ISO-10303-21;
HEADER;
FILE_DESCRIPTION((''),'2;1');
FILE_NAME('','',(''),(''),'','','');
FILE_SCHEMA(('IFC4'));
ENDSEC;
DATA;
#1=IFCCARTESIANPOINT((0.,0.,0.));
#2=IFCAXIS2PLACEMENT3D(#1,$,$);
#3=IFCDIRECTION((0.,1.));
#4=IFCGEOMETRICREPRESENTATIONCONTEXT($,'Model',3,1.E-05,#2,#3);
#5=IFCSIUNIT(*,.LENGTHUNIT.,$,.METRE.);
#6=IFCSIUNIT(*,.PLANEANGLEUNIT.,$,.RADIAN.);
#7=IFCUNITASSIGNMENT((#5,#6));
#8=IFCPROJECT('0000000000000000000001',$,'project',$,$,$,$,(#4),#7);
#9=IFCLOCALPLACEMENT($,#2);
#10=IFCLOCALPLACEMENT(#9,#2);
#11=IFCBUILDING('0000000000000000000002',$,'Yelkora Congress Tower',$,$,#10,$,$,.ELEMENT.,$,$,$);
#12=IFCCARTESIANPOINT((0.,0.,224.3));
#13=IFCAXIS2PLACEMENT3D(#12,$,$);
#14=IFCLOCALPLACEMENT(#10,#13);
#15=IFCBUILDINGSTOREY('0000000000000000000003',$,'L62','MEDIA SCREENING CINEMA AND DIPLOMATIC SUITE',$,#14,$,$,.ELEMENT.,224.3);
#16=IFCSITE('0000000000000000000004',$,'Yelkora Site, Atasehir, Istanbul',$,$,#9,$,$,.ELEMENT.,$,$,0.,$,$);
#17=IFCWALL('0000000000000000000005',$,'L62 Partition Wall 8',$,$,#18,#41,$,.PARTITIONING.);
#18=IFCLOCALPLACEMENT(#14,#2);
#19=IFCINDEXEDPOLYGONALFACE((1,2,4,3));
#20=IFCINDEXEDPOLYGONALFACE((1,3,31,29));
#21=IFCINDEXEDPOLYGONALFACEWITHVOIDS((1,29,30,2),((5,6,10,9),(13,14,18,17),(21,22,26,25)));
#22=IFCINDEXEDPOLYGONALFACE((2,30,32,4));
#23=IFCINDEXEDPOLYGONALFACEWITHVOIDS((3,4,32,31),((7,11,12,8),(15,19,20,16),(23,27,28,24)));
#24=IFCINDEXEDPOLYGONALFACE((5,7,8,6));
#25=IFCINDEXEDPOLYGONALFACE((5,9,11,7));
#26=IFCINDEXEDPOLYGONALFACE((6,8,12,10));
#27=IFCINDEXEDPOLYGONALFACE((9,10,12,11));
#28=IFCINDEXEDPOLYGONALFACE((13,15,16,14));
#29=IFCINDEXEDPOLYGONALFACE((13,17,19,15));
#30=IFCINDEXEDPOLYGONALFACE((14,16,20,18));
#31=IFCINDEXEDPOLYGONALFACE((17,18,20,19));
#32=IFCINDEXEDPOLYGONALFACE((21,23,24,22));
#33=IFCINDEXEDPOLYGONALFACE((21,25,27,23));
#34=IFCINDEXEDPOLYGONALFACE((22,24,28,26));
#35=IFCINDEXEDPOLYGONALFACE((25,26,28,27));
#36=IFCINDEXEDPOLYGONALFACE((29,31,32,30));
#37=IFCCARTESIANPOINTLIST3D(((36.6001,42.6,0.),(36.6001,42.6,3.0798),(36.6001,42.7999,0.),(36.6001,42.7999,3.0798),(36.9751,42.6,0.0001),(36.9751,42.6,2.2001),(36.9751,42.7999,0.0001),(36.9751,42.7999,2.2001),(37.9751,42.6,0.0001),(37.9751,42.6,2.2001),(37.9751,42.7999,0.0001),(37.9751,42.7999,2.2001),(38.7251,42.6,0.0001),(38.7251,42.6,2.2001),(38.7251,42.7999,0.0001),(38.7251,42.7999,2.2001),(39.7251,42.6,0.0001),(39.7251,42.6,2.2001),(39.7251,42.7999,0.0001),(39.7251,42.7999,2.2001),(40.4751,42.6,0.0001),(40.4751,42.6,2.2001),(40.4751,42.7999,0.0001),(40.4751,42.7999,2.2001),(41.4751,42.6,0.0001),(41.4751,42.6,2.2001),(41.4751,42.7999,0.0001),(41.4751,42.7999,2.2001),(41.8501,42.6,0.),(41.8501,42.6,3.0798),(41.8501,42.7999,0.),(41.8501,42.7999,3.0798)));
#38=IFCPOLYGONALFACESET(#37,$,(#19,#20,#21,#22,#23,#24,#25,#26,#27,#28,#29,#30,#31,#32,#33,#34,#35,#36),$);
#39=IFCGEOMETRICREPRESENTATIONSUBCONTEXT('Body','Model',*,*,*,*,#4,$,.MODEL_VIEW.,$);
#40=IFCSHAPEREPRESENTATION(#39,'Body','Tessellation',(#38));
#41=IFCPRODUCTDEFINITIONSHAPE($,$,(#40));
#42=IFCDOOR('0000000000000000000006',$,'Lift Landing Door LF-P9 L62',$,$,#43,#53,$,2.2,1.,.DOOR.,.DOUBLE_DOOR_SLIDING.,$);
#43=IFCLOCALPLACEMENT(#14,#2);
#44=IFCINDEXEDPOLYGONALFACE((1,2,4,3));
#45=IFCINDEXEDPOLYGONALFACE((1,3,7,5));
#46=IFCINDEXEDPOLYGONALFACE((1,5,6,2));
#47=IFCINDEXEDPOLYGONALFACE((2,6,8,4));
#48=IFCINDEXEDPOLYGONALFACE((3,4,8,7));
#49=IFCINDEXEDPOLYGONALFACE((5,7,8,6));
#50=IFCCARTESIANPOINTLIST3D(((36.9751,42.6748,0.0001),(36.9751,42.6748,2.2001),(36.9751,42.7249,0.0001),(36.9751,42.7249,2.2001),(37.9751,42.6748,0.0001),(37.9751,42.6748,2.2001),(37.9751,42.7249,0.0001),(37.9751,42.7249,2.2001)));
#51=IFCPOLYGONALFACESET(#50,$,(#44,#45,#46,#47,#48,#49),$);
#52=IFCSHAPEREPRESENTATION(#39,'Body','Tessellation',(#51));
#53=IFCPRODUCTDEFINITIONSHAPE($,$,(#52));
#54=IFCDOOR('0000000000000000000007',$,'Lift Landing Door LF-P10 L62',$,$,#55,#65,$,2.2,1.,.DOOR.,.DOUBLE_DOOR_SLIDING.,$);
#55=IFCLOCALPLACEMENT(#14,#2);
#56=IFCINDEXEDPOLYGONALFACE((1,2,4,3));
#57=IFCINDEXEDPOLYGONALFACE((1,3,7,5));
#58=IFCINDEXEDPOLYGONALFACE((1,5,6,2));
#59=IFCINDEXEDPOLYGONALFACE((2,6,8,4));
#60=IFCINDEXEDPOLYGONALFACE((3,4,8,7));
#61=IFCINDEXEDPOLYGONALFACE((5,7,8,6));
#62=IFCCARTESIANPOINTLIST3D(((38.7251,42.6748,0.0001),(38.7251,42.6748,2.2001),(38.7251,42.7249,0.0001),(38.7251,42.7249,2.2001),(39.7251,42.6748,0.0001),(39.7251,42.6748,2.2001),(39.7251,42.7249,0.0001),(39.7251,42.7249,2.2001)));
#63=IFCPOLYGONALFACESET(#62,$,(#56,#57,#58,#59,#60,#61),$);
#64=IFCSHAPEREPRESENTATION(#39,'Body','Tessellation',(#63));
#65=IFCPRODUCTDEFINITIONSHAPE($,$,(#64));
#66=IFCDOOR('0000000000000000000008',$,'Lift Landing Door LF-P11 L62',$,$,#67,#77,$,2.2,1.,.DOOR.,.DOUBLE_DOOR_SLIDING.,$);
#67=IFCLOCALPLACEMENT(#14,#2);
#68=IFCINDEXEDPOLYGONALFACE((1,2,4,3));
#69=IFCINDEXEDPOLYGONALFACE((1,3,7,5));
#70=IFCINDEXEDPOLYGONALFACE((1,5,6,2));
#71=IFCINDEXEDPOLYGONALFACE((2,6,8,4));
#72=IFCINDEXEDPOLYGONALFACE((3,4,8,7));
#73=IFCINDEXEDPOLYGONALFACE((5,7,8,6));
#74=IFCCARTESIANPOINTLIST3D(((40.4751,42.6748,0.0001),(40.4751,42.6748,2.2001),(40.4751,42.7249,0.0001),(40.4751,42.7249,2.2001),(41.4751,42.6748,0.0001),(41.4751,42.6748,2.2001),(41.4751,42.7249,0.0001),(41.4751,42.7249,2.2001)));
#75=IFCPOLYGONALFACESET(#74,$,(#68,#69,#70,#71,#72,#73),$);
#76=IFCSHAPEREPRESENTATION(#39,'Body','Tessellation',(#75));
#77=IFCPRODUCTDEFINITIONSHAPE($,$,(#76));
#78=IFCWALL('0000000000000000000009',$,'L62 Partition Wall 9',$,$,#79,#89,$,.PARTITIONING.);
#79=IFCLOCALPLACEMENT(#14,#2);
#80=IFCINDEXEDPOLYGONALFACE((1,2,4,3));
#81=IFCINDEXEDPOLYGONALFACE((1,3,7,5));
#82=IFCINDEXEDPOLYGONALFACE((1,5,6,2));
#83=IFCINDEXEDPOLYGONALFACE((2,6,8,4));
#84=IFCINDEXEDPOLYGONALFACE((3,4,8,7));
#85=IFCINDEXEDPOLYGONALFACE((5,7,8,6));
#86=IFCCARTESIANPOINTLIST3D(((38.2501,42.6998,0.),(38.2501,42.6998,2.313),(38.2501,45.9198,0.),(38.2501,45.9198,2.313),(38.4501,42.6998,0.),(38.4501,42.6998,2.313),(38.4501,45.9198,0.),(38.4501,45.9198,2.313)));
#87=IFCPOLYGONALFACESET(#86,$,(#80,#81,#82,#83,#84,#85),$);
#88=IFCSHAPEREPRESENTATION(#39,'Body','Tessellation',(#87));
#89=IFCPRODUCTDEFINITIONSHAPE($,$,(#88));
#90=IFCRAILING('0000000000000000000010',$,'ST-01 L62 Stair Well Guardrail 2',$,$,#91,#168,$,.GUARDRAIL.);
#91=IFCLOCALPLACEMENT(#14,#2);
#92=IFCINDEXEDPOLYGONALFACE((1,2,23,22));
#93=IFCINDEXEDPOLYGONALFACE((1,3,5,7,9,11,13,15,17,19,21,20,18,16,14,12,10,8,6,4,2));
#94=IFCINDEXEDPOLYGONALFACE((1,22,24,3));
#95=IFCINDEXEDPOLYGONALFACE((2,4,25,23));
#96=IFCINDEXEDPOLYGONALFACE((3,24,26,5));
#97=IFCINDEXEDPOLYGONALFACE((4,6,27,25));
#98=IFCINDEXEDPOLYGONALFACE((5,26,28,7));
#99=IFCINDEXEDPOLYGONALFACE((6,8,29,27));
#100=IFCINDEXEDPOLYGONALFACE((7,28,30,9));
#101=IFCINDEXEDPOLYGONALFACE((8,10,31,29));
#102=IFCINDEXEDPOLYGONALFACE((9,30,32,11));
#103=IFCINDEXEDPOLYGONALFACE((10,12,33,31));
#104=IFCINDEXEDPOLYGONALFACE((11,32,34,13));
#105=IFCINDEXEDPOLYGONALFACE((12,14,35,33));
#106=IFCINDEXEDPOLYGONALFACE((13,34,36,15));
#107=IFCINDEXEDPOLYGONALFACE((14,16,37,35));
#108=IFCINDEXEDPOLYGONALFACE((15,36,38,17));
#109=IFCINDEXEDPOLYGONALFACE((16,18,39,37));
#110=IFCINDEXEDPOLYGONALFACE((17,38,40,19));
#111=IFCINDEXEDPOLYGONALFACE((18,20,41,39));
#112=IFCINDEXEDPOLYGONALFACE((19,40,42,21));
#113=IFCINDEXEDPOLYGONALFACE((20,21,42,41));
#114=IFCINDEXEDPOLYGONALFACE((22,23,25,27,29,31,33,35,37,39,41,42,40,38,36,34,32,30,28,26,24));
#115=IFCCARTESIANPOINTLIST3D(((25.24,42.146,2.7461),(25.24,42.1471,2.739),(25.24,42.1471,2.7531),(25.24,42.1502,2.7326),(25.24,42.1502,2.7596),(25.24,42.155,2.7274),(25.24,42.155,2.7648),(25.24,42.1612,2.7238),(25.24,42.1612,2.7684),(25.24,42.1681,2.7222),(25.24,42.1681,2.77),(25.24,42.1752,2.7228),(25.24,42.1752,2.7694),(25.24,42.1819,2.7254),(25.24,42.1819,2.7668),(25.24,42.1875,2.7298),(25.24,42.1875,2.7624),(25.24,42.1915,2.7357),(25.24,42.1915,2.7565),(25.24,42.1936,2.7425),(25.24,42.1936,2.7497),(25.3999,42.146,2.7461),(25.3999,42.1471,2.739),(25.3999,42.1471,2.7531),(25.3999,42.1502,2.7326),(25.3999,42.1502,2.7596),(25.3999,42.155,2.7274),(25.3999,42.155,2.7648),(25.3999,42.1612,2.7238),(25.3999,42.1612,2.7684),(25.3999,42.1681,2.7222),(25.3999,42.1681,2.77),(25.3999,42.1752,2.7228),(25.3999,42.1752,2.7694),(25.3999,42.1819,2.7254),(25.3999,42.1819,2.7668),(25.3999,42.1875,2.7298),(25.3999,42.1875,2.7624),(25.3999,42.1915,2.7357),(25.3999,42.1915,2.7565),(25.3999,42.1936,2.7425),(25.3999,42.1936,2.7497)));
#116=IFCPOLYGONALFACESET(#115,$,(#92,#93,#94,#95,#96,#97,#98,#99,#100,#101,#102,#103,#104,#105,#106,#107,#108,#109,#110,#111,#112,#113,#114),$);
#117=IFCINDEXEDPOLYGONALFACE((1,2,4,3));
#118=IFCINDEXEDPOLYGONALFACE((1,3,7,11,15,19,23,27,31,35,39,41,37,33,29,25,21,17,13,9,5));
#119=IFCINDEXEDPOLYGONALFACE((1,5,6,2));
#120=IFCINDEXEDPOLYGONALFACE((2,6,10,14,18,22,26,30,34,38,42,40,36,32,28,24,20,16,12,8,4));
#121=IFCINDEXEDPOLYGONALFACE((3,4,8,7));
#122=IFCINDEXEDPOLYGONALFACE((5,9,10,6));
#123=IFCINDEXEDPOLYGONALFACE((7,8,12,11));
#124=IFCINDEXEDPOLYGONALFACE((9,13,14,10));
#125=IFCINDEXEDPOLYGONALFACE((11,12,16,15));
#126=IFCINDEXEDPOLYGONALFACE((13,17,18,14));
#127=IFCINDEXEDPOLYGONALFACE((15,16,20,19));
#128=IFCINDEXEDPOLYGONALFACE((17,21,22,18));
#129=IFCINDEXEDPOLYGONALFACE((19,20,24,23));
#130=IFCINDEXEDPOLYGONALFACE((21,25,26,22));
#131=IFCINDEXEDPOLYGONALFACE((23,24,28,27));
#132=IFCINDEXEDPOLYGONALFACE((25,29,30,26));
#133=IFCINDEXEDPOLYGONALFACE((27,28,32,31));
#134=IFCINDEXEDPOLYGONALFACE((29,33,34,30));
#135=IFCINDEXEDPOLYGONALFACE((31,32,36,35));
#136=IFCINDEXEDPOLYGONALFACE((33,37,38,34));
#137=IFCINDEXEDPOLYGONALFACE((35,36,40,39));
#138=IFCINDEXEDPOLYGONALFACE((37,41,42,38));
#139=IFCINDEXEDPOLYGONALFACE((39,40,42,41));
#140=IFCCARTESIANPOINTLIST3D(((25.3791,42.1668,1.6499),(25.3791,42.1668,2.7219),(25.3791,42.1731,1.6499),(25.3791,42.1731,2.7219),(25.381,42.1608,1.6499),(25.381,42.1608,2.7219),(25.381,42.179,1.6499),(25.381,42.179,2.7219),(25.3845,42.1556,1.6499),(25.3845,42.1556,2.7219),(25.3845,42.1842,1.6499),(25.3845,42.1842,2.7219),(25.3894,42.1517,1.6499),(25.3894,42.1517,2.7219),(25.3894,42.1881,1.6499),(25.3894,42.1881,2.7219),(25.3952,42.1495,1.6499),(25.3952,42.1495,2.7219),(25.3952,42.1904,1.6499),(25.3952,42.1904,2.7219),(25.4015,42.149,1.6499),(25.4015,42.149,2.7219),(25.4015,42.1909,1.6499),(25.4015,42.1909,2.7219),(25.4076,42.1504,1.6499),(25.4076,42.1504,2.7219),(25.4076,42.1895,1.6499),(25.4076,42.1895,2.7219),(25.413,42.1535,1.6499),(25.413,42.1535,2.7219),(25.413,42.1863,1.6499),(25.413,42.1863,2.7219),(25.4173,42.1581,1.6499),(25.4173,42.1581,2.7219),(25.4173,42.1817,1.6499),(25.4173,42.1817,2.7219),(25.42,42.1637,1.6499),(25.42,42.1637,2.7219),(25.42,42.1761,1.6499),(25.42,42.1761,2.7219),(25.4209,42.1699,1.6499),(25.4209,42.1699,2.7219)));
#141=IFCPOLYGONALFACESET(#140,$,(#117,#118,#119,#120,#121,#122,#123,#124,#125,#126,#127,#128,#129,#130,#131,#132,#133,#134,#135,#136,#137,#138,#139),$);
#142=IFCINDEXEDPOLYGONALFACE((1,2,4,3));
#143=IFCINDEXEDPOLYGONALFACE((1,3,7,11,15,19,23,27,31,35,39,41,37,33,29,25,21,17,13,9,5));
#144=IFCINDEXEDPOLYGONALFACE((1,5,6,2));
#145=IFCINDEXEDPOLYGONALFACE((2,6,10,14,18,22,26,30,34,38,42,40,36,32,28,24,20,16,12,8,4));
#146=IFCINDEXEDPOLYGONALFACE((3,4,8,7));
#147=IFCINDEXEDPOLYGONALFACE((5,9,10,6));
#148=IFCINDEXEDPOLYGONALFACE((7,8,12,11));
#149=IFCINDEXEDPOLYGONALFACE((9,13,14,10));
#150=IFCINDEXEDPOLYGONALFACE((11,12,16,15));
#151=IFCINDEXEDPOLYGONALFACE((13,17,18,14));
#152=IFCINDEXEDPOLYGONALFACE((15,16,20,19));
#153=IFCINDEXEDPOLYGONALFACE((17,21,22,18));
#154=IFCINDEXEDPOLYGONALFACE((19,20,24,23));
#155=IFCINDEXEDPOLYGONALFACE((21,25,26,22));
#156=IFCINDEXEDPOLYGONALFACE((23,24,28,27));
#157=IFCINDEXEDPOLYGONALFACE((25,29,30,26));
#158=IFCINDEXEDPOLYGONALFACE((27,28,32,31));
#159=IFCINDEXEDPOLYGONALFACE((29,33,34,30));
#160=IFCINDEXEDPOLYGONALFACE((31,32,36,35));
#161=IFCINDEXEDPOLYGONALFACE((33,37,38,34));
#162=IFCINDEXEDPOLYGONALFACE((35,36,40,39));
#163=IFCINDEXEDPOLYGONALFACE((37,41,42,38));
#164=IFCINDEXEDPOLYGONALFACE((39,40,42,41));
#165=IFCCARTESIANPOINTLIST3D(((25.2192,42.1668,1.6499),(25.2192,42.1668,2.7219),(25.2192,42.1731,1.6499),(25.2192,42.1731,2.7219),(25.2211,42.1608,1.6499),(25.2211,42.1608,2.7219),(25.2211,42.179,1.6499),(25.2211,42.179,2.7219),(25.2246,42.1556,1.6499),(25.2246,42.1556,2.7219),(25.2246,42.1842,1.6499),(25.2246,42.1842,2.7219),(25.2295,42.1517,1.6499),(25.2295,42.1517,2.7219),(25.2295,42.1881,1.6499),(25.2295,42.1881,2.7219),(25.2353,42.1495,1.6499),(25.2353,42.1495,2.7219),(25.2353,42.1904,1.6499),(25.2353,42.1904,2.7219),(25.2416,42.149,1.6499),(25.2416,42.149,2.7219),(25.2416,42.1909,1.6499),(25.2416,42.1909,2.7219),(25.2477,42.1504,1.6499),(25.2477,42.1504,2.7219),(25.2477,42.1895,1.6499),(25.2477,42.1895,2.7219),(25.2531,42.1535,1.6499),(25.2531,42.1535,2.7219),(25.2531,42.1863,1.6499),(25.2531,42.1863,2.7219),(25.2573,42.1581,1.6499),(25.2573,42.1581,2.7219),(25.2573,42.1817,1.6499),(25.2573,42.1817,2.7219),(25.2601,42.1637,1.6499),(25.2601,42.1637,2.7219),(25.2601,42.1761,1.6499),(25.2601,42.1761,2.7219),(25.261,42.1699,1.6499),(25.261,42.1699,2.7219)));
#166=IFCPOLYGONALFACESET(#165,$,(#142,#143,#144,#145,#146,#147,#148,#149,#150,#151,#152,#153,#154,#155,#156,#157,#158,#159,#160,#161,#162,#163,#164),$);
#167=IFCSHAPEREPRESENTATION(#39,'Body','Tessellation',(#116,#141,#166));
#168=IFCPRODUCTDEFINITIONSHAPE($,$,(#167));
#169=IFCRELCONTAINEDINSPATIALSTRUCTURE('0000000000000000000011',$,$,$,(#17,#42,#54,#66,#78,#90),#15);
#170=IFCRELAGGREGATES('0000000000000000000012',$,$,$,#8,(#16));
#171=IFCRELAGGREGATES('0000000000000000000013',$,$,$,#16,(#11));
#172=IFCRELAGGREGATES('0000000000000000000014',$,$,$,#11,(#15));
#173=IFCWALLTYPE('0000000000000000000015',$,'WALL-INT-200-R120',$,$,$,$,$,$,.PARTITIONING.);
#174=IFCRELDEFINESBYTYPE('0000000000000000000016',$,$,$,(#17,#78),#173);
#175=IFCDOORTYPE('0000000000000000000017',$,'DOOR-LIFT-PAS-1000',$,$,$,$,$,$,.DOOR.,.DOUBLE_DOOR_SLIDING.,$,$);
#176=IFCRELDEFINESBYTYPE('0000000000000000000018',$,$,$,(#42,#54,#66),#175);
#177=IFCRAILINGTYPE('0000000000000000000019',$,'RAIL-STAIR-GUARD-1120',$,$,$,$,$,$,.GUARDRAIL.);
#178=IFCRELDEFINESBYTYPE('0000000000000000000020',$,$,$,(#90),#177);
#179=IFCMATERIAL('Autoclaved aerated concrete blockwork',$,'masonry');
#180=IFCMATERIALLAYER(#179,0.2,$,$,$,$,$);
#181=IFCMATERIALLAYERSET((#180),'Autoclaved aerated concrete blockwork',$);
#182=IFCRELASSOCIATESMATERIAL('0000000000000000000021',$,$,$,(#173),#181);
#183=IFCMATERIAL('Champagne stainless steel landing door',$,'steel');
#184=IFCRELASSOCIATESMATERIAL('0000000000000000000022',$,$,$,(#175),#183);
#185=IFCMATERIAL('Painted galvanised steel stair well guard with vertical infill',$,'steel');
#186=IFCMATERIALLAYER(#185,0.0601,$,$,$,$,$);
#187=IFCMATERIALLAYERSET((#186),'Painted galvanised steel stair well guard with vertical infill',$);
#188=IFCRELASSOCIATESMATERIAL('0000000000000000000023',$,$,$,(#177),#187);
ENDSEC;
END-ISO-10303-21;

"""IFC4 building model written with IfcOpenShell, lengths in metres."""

from ifc_helpers import new_model, si_unit, direction, frame, frame_2d, origin, origin_2d, place, context, subcontext, project, spatial, rectangle, circle, extrude, material, layer, layer_set, type_object, element, fill, save


model = new_model("IFC4")

# Units and contexts
model_context = context("Model", 3, precision=1e-05, world=origin(), true_north=direction((0.0, 1.0)))
body_context = subcontext(model_context, "Body", "Model", "MODEL_VIEW")
ifc_project = project(units=[si_unit("LENGTHUNIT", "METRE"), si_unit("PLANEANGLEUNIT", "RADIAN")], contexts=[model_context])

# Site, building, storey
site_placement = place(None, origin())
site = spatial("IfcSite", under=ifc_project, at=site_placement, Name="Yelkora Site, Atasehir, Istanbul", CompositionType="ELEMENT", RefElevation=0.0)
building_placement = place(site_placement, origin())
building = spatial("IfcBuilding", under=site, at=building_placement, Name="Yelkora Congress Tower", CompositionType="ELEMENT")
storey_placement = place(building_placement, frame((0.0, 0.0, 224.3)))
storey = spatial("IfcBuildingStorey", under=building, at=storey_placement, Name="L62", Description="MEDIA SCREENING CINEMA AND DIPLOMATIC SUITE", CompositionType="ELEMENT", Elevation=224.3)

# Shared definitions
ifc_material_1 = material(Name="Autoclaved aerated concrete blockwork", Category="masonry")
ifc_layer_1 = layer(ifc_material_1, 0.2)
ifc_layer_set_1 = layer_set([ifc_layer_1], Name="Autoclaved aerated concrete blockwork")
wall_type = type_object("IfcWallType", Name="WALL-INT-200-R120", PredefinedType="PARTITIONING", material=ifc_layer_set_1)

# Wall, openings, doors
wall_1_placement = place(storey_placement, frame((36.6001, 42.7, 0.0), z_axis=(0.0, 0.0, 1.0), x_axis=(1.0, 0.0, 0.0)))
wall_1 = element("IfcWall", 1, at=wall_1_placement, inside=storey, type_object=wall_type, Name="L62 Partition Wall 8", PredefinedType="PARTITIONING", context=body_context, shape_type="SweptSolid", body=[
    extrude(rectangle(XDim=5.25, YDim=0.2, at=frame_2d((2.625, 0.0))), origin(), (0.0, 0.0, 1.0), 3.0798),
])
opening_1_placement = place(wall_1_placement, frame((0.375, 0.0, 0.0)))
opening_1 = element("IfcOpeningElement", 2, at=opening_1_placement, cuts=wall_1, PredefinedType="OPENING", context=body_context, shape_type="SweptSolid", body=[
    extrude(rectangle(XDim=1.0, YDim=2.2, at=frame_2d((0.5, 1.1001))), frame((0.0, 0.1099, 0.0), z_axis=(0.0, -1.0, 0.0), x_axis=(1.0, 0.0, 0.0)), (0.0, 0.0, 1.0), 0.22),
])
opening_2_placement = place(wall_1_placement, frame((2.125, 0.0, 0.0)))
opening_2 = element("IfcOpeningElement", 3, at=opening_2_placement, cuts=wall_1, PredefinedType="OPENING", context=body_context, shape_type="SweptSolid", body=[
    extrude(rectangle(XDim=1.0, YDim=2.2, at=frame_2d((0.5, 1.1001))), frame((0.0, 0.1099, 0.0), z_axis=(0.0, -1.0, 0.0), x_axis=(1.0, 0.0, 0.0)), (0.0, 0.0, 1.0), 0.22),
])
opening_3_placement = place(wall_1_placement, frame((3.875, 0.0, 0.0)))
opening_3 = element("IfcOpeningElement", 4, at=opening_3_placement, cuts=wall_1, PredefinedType="OPENING", context=body_context, shape_type="SweptSolid", body=[
    extrude(rectangle(XDim=1.0, YDim=2.2, at=frame_2d((0.5, 1.1001))), frame((0.0, 0.1099, 0.0), z_axis=(0.0, -1.0, 0.0), x_axis=(1.0, 0.0, 0.0)), (0.0, 0.0, 1.0), 0.22),
])
ifc_material_2 = material(Name="Champagne stainless steel landing door", Category="steel")
door_type_1 = type_object("IfcDoorType", Name="DOOR-LIFT-PAS-1000", OperationType="DOUBLE_DOOR_SLIDING", PredefinedType="DOOR", material=ifc_material_2)
door_1_placement = place(opening_1_placement, origin())
door_1 = element("IfcDoor", 5, at=door_1_placement, inside=storey, type_object=door_type_1, Name="Lift Landing Door LF-P9 L62", OperationType="DOUBLE_DOOR_SLIDING", OverallHeight=2.2, OverallWidth=1.0, PredefinedType="DOOR", context=body_context, shape_type="SweptSolid", body=[
    extrude(rectangle(XDim=1.0, YDim=2.2, at=frame_2d((0.5, 1.1001))), frame((0.0, 0.0249, 0.0), z_axis=(0.0, -1.0, 0.0), x_axis=(1.0, 0.0, 0.0)), (0.0, 0.0, 1.0), 0.05),
])
fill(opening_1, door_1)
door_2_placement = place(opening_2_placement, origin())
door_2 = element("IfcDoor", 6, at=door_2_placement, inside=storey, type_object=door_type_1, Name="Lift Landing Door LF-P10 L62", OperationType="DOUBLE_DOOR_SLIDING", OverallHeight=2.2, OverallWidth=1.0, PredefinedType="DOOR", context=body_context, shape_type="SweptSolid", body=[
    extrude(rectangle(XDim=1.0, YDim=2.2, at=frame_2d((0.5, 1.1001))), frame((0.0, 0.0249, 0.0), z_axis=(0.0, -1.0, 0.0), x_axis=(1.0, 0.0, 0.0)), (0.0, 0.0, 1.0), 0.05),
])
fill(opening_2, door_2)
door_3_placement = place(opening_3_placement, origin())
door_3 = element("IfcDoor", 7, at=door_3_placement, inside=storey, type_object=door_type_1, Name="Lift Landing Door LF-P11 L62", OperationType="DOUBLE_DOOR_SLIDING", OverallHeight=2.2, OverallWidth=1.0, PredefinedType="DOOR", context=body_context, shape_type="SweptSolid", body=[
    extrude(rectangle(XDim=1.0, YDim=2.2, at=frame_2d((0.5, 1.1001))), frame((0.0, 0.0249, 0.0), z_axis=(0.0, -1.0, 0.0), x_axis=(1.0, 0.0, 0.0)), (0.0, 0.0, 1.0), 0.05),
])
fill(opening_3, door_3)

# Wall
wall_2_placement = place(storey_placement, frame((38.3501, 42.7, 0.0), z_axis=(0.0, 0.0, 1.0), x_axis=(0.0, 1.0, 0.0)))
element("IfcWall", 8, at=wall_2_placement, inside=storey, type_object=wall_type, Name="L62 Partition Wall 9", PredefinedType="PARTITIONING", context=body_context, shape_type="SweptSolid", body=[
    extrude(rectangle(XDim=3.22, YDim=0.2, at=frame_2d((1.6099, 0.0))), origin(), (0.0, 0.0, 1.0), 2.313),
])

# Railing
ifc_material_3 = material(Name="Painted galvanised steel stair well guard with vertical infill", Category="steel")
ifc_layer_2 = layer(ifc_material_3, 0.0601)
ifc_layer_set_2 = layer_set([ifc_layer_2], Name="Painted galvanised steel stair well guard with vertical infill")
railing_type = type_object("IfcRailingType", Name="RAIL-STAIR-GUARD-1120", PredefinedType="GUARDRAIL", material=ifc_layer_set_2)
railing_1_placement = place(storey_placement, frame((25.3999, 42.1699, 1.6499)))
element("IfcRailing", 9, at=railing_1_placement, inside=storey, type_object=railing_type, Name="ST-01 L62 Stair Well Guardrail 2", PredefinedType="GUARDRAIL", context=body_context, shape_type="SweptSolid", body=[
    extrude(circle(Radius=0.0239, at=origin_2d()), frame((0.0, 0.0, 1.0962), z_axis=(-1.0, 0.0, 0.0), x_axis=(0.0, -1.0, 0.0)), (0.0, 0.0, 1.0), 0.1599),
    extrude(circle(Radius=0.021, at=origin_2d()), origin(), (0.0, 0.0, 1.0), 1.072),
    extrude(circle(Radius=0.021, at=origin_2d()), frame((-0.1599, 0.0, 0.0)), (0.0, 0.0, 1.0), 1.072),
])

save(model, "model.ifc")
